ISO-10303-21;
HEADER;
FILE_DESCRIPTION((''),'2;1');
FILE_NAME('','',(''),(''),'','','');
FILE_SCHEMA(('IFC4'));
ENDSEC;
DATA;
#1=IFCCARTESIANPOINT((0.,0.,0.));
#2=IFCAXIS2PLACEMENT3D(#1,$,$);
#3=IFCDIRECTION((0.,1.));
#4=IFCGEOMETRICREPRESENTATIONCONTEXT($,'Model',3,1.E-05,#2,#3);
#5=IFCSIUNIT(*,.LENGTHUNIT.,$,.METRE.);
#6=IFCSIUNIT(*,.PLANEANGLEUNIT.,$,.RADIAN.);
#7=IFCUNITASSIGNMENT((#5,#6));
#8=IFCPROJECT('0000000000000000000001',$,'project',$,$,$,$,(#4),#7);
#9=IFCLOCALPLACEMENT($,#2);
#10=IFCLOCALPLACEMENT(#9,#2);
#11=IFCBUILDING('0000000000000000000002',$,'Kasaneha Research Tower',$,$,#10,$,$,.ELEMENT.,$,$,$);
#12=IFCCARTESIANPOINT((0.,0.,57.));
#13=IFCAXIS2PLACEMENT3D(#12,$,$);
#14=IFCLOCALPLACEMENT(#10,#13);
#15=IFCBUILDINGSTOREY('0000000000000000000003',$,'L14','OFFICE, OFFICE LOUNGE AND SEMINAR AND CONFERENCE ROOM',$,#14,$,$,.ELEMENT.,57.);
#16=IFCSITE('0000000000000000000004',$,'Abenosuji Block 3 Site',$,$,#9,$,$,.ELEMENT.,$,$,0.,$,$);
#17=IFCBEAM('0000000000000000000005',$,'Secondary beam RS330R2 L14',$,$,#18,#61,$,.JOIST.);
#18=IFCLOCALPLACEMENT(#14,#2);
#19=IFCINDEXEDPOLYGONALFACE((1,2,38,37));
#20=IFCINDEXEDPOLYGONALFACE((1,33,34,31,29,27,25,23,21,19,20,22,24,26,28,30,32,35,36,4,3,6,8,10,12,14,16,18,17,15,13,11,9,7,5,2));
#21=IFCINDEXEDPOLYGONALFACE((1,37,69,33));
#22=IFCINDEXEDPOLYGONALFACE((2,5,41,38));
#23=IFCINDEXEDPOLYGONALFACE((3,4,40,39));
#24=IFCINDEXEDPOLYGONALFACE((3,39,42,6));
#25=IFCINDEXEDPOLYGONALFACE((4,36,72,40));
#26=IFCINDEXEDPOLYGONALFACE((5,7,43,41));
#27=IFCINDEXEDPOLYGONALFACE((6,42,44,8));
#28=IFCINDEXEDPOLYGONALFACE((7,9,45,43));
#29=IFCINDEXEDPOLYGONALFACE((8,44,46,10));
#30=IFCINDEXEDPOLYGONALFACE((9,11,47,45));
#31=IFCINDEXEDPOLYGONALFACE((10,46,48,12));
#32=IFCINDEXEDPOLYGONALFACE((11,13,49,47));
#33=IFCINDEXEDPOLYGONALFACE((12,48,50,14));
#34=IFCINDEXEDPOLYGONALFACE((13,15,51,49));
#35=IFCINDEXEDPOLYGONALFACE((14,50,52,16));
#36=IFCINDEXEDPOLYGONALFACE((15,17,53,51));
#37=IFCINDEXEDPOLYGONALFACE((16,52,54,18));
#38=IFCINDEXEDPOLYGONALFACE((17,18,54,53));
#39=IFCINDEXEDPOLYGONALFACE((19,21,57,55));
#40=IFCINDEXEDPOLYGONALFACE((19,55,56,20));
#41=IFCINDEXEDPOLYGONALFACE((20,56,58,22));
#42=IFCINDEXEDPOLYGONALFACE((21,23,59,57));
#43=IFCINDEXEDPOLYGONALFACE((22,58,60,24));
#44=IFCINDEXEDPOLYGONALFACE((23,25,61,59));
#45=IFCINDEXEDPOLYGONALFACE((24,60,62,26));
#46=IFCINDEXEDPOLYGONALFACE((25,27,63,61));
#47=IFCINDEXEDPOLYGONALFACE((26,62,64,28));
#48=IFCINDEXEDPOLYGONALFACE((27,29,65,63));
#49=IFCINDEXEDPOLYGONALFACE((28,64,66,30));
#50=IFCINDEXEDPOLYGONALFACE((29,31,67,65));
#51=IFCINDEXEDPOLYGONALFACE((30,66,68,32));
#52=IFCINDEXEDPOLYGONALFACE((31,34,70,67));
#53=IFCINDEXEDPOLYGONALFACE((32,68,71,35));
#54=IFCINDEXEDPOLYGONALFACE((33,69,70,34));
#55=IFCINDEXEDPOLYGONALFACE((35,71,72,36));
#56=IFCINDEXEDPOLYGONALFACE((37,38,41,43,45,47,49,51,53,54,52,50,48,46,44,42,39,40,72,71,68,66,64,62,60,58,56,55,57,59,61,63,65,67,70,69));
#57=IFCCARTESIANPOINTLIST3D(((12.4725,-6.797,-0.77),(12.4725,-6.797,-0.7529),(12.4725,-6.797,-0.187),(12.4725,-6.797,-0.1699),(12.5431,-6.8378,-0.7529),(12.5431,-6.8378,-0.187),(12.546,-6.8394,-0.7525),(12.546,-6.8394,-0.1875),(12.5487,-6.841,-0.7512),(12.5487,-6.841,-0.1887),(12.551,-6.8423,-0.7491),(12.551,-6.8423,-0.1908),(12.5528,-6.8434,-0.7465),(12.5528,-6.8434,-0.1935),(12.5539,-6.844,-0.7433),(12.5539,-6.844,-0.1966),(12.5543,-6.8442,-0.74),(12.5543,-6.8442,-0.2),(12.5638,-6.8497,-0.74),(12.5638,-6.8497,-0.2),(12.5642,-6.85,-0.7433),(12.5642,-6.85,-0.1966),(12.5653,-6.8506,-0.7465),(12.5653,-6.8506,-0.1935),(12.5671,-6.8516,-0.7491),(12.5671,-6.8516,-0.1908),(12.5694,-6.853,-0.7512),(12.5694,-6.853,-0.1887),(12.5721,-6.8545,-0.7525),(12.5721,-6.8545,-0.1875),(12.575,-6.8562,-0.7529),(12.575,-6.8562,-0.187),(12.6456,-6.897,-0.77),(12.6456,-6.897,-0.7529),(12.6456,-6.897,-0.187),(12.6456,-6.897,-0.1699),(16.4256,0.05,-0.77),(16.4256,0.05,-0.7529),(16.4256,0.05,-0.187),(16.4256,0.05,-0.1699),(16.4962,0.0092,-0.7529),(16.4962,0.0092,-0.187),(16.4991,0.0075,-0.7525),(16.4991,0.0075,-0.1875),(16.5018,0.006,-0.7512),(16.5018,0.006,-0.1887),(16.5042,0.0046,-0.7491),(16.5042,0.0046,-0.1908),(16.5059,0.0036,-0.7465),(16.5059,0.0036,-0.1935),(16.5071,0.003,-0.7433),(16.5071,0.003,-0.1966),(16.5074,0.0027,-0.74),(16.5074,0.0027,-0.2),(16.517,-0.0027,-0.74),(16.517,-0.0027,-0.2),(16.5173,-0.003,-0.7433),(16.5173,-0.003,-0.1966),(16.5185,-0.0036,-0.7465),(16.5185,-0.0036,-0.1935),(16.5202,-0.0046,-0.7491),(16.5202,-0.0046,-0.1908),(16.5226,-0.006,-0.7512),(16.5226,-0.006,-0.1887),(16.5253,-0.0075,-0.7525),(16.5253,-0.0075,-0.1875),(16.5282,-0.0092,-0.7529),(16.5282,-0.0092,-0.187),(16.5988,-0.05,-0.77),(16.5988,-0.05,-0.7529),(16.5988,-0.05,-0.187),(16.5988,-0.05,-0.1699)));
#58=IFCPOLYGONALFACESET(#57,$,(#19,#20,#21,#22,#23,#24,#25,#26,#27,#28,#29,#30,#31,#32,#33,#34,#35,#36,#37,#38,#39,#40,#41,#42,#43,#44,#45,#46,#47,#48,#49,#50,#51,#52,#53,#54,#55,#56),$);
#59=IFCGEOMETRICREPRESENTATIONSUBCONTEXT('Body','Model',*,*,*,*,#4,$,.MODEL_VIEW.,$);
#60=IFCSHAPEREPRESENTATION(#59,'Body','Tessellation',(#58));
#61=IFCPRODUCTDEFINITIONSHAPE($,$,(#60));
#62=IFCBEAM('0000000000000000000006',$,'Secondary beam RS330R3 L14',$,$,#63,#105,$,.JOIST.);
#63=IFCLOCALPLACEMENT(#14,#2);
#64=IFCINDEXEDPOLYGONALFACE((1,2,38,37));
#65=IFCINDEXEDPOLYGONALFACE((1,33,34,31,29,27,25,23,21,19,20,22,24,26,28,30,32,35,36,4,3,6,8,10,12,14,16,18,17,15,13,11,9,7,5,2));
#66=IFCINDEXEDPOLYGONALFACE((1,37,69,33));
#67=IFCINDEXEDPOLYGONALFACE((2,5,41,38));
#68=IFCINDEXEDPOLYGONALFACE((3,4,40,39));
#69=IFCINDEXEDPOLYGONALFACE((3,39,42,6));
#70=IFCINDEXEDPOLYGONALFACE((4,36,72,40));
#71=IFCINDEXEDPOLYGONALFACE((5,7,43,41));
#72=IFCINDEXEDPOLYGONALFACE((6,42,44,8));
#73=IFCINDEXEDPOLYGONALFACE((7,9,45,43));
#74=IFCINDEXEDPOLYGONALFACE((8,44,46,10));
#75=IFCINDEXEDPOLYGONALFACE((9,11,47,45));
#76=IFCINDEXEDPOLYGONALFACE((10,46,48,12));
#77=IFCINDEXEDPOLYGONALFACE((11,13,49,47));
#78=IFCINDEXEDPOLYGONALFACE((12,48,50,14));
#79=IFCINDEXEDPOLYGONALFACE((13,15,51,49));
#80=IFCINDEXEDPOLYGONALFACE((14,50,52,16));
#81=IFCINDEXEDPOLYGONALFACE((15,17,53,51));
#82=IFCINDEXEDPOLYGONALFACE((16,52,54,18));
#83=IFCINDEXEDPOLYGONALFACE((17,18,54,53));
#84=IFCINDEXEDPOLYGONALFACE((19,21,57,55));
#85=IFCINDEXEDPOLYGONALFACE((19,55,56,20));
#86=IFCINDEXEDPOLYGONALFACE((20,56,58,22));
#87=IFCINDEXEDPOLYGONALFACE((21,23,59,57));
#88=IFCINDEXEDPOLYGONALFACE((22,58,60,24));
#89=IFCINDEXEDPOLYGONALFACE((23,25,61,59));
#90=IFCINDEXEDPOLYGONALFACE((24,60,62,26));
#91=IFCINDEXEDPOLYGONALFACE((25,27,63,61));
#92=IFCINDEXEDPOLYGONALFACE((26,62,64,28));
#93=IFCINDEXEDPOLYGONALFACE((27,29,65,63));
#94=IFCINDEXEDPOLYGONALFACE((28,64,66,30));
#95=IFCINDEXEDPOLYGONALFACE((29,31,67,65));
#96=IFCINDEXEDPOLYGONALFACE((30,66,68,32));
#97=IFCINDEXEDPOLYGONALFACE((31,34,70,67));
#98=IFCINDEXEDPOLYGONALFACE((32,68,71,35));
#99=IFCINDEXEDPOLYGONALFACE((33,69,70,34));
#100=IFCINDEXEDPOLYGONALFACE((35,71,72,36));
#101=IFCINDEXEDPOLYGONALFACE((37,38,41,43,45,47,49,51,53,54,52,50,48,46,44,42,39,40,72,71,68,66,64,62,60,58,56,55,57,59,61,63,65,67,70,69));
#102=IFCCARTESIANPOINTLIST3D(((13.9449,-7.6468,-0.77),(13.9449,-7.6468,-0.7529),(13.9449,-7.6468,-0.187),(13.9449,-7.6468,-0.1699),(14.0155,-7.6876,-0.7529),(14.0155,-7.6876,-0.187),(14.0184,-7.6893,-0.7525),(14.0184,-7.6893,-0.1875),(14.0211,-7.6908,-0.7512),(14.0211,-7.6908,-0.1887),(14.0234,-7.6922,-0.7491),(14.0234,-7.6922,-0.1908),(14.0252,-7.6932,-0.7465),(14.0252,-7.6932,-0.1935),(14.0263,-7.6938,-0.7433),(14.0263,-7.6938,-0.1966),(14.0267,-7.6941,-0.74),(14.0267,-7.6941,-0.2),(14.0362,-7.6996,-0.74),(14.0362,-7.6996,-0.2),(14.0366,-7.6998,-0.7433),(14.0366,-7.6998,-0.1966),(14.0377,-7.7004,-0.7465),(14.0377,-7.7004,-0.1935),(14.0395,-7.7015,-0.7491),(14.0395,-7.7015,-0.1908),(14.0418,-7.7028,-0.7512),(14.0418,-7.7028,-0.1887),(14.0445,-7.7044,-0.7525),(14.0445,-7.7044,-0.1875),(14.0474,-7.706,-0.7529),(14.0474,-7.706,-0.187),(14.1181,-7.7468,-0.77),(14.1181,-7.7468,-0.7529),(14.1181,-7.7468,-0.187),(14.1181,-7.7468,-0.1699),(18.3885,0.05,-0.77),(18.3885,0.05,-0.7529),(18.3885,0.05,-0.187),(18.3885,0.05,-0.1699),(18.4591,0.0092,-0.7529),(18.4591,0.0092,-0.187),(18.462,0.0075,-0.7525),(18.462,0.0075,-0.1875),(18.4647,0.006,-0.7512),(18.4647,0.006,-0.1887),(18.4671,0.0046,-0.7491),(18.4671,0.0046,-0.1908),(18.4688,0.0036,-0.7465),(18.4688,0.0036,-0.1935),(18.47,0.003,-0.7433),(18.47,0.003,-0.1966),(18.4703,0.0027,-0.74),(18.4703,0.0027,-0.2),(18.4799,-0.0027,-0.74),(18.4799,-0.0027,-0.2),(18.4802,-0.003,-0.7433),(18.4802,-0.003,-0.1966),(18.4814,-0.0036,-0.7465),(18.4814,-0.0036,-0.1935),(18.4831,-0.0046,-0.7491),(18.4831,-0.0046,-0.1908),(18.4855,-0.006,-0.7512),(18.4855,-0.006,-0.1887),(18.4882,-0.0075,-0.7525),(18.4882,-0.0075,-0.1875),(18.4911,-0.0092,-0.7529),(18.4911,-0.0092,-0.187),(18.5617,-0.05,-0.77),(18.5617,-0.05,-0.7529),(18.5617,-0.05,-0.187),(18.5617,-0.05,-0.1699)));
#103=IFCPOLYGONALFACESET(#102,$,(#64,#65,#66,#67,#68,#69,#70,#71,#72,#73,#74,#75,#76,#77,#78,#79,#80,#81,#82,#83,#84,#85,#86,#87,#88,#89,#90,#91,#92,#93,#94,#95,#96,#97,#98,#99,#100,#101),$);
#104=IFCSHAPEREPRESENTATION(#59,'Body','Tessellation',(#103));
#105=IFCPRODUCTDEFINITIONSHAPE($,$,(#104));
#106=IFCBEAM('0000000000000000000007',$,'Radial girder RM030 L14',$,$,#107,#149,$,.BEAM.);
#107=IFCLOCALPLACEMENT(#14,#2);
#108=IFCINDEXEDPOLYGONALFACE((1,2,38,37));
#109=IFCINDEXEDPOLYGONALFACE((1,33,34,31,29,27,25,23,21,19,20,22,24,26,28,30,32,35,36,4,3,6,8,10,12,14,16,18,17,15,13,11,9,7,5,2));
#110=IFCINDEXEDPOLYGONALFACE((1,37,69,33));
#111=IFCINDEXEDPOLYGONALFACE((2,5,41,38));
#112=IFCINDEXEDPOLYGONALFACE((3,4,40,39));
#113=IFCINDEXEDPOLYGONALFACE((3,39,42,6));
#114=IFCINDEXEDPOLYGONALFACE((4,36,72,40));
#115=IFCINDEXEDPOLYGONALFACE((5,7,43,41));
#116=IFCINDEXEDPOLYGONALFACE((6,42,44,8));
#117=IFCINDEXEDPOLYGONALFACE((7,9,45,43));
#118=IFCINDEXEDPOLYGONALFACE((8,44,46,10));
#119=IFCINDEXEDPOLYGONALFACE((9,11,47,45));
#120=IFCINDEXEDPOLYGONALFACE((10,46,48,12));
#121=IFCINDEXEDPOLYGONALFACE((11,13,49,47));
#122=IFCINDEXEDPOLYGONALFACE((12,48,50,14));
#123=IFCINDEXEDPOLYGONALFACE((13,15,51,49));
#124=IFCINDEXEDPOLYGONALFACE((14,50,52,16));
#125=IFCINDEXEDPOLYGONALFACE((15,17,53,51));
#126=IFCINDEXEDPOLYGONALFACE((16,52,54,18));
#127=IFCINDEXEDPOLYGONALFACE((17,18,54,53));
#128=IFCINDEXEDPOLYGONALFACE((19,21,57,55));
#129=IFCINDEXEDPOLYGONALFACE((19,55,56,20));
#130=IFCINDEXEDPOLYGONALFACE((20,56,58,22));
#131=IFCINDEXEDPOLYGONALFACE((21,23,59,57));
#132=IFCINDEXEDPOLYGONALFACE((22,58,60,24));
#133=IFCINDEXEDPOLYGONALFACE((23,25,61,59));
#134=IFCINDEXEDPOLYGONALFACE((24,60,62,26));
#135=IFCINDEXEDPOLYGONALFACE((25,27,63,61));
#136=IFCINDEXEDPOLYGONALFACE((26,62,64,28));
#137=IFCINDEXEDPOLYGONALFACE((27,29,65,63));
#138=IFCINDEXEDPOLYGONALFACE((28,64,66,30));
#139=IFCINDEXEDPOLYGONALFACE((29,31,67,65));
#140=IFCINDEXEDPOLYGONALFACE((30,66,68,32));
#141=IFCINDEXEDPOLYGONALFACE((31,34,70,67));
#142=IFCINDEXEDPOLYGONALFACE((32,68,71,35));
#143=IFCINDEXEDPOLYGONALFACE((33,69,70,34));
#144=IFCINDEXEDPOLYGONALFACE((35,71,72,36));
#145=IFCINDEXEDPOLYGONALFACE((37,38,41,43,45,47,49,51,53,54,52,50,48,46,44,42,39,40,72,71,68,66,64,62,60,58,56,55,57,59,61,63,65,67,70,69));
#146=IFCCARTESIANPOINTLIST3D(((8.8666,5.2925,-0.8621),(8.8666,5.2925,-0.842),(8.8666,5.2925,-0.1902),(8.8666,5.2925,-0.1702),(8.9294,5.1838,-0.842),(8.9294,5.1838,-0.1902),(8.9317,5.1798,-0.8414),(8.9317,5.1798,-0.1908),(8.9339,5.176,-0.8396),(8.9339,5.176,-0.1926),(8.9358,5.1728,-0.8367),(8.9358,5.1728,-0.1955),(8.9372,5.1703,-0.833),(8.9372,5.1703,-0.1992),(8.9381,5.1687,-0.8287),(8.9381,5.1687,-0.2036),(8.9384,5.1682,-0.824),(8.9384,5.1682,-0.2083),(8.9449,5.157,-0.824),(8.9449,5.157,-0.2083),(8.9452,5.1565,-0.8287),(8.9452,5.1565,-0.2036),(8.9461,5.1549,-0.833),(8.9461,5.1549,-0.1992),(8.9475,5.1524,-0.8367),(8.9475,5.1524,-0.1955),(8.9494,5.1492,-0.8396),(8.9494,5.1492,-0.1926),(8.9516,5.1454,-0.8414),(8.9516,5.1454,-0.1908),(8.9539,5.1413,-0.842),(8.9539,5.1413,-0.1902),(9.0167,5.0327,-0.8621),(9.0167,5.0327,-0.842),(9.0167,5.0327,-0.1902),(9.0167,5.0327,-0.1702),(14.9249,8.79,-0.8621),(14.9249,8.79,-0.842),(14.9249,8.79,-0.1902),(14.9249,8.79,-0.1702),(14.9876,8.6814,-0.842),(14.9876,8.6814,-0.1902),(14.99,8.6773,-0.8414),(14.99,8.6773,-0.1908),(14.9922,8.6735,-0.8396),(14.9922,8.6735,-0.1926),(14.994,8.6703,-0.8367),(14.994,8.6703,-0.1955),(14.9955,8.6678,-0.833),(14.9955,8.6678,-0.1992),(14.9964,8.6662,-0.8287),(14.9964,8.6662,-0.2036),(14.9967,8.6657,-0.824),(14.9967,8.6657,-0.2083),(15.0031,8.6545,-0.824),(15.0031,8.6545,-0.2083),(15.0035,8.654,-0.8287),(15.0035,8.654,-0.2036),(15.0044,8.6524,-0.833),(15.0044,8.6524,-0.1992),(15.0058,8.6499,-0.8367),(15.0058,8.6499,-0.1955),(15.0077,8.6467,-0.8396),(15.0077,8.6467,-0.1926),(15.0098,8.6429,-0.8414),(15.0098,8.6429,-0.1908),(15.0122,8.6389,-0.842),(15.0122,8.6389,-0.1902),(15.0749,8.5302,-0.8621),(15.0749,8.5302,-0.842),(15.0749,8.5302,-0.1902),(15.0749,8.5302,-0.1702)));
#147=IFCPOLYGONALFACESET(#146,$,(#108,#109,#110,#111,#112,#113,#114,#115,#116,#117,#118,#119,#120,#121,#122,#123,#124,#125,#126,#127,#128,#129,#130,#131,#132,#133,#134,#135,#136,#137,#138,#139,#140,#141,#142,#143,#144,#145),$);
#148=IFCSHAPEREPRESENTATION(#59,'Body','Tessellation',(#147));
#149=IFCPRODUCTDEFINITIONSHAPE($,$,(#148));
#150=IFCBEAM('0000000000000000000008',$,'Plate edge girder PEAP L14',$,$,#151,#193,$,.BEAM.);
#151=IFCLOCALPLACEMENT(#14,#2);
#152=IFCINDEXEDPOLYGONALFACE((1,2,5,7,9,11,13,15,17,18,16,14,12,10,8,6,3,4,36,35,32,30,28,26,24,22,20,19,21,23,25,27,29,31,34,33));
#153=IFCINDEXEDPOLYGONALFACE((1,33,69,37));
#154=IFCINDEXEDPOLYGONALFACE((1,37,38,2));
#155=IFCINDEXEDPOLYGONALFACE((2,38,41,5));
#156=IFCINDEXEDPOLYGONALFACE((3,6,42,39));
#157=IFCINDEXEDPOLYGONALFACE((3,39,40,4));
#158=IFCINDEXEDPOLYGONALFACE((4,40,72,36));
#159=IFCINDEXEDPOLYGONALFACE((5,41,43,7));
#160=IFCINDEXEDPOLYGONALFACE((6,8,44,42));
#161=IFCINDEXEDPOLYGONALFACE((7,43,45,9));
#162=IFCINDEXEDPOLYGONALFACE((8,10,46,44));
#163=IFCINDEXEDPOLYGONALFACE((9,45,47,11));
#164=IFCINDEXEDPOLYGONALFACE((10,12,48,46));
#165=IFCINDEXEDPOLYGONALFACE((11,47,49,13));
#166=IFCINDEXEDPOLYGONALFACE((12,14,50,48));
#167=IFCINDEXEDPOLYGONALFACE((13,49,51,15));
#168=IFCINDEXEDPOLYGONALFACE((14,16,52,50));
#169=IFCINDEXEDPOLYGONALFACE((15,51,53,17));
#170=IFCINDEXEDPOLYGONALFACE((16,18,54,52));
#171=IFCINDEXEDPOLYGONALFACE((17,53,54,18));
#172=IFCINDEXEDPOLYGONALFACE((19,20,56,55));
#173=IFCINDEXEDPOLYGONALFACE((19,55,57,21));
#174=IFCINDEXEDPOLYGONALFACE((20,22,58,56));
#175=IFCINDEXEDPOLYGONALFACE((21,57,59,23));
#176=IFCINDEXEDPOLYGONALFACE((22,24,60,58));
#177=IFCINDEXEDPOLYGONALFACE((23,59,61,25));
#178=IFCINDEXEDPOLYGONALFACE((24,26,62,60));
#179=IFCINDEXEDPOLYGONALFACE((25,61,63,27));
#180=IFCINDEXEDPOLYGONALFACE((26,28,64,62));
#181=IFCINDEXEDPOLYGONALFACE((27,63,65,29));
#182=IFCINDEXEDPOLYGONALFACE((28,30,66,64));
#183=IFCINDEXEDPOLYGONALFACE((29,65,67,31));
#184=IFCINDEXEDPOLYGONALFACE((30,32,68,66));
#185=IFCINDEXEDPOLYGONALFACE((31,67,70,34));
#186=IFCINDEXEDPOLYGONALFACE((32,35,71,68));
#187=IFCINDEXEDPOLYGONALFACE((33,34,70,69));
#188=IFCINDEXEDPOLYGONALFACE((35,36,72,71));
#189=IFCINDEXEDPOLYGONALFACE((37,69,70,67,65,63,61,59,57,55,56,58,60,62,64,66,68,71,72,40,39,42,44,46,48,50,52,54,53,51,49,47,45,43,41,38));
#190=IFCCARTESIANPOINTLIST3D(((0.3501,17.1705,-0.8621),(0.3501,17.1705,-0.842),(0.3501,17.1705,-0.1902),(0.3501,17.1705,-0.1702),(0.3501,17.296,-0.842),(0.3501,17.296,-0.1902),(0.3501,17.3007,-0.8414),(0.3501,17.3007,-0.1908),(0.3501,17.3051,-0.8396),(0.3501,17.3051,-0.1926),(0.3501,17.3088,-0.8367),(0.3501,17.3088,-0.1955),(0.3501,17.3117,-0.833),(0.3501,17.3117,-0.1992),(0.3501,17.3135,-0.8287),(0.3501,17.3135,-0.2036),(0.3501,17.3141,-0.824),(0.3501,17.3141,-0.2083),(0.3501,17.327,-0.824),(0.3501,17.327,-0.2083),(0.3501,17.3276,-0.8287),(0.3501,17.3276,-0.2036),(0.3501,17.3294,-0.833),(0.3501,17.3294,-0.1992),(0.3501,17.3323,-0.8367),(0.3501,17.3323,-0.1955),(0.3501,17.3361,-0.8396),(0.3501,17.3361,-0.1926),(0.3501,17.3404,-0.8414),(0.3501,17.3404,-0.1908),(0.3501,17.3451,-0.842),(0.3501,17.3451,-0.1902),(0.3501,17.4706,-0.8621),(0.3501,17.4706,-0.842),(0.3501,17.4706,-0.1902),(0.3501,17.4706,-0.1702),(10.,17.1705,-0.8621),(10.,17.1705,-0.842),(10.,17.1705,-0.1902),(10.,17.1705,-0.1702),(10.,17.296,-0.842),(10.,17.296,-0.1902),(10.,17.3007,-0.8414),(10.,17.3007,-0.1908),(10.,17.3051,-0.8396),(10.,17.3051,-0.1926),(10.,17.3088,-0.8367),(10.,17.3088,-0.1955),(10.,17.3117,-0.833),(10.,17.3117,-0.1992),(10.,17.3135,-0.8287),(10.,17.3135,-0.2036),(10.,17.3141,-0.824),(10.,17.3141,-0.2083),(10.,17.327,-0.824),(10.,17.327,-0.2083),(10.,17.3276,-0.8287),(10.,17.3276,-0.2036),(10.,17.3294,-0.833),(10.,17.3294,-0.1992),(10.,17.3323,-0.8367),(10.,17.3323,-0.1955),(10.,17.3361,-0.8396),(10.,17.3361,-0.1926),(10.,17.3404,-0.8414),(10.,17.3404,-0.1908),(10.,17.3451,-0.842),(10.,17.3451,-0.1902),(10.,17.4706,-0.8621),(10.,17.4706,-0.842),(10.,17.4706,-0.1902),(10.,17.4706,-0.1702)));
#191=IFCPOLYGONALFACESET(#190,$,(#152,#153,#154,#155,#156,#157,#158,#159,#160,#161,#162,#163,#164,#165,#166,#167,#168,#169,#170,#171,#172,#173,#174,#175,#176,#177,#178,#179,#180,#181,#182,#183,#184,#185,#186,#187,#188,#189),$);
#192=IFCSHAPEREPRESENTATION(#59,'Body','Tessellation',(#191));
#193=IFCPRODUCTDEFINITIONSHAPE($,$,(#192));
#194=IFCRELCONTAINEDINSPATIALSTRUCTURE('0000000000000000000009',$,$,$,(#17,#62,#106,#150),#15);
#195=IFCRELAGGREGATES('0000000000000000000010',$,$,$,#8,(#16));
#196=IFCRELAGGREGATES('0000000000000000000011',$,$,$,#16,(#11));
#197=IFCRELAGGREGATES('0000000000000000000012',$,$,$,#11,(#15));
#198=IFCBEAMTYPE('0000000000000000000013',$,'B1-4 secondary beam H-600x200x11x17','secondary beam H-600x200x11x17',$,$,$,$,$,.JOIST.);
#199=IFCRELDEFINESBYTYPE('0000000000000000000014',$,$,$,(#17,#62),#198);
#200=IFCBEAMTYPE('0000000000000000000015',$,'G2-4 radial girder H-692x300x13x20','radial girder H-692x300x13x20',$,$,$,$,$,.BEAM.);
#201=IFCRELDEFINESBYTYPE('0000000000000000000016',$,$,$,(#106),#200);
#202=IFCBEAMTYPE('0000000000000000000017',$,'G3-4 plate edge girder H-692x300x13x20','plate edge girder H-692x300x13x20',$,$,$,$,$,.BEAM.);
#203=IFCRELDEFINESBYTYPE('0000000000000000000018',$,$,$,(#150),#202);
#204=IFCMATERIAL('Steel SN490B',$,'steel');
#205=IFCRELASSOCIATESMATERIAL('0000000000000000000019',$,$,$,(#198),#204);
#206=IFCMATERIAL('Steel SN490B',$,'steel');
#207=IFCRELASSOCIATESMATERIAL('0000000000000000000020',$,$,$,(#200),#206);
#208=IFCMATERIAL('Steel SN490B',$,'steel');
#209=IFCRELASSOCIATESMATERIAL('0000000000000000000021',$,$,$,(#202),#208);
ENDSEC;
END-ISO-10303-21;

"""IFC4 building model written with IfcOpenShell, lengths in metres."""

from ifc_helpers import new_model, si_unit, direction, frame, origin, origin_2d, place, context, subcontext, project, spatial, i_section, extrude, material, material_profile, profile_set, type_object, element, save


model = new_model("IFC4")

# Units and contexts
model_context = context("Model", 3, precision=1e-05, world=origin(), true_north=direction((0.0, 1.0)))
body_context = subcontext(model_context, "Body", "Model", "MODEL_VIEW")
ifc_project = project(units=[si_unit("LENGTHUNIT", "METRE"), si_unit("PLANEANGLEUNIT", "RADIAN")], contexts=[model_context])

# Site, building, storey
site_placement = place(None, origin())
site = spatial("IfcSite", under=ifc_project, at=site_placement, Name="Abenosuji Block 3 Site", CompositionType="ELEMENT", RefElevation=0.0)
building_placement = place(site_placement, origin())
building = spatial("IfcBuilding", under=site, at=building_placement, Name="Kasaneha Research Tower", CompositionType="ELEMENT")
storey_placement = place(building_placement, frame((0.0, 0.0, 57.0)))
storey = spatial("IfcBuildingStorey", under=building, at=storey_placement, Name="L14", Description="OFFICE, OFFICE LOUNGE AND SEMINAR AND CONFERENCE ROOM", CompositionType="ELEMENT", Elevation=57.0)

# Beams
ifc_material_1 = material(Name="Steel SN490B", Category="steel")
ifc_material_profile_1 = material_profile(ifc_material_1, i_section(OverallWidth=0.2, OverallDepth=0.6001, WebThickness=0.011, FlangeThickness=0.0171, FilletRadius=0.0129, at=origin_2d()), Name="H-600x200x11x17")
ifc_profile_set_1 = profile_set([ifc_material_profile_1], Name="Steel SN490B")
beam_type_1 = type_object("IfcBeamType", Name="B1-4 secondary beam H-600x200x11x17", Description="secondary beam H-600x200x11x17", PredefinedType="JOIST", material=ifc_profile_set_1)
beam_1_placement = place(storey_placement, frame((16.5122, 0.0, -0.47), z_axis=(-0.500005, -0.866023, 0.0), x_axis=(0.866023, -0.500005, 0.0)))
element("IfcBeam", 1, at=beam_1_placement, inside=storey, type_object=beam_type_1, Name="Secondary beam RS330R2 L14", PredefinedType="JOIST", context=body_context, shape_type="SweptSolid", body=[
    extrude(i_section(OverallWidth=0.2, OverallDepth=0.6001, WebThickness=0.011, FlangeThickness=0.0171, FilletRadius=0.0129, at=origin_2d()), origin(), (0.0, 0.0, 1.0), 7.9062),
])
beam_2_placement = place(storey_placement, frame((18.4751, 0.0, -0.47), z_axis=(-0.499989, -0.866032, 0.0), x_axis=(0.866032, -0.499989, 0.0)))
element("IfcBeam", 2, at=beam_2_placement, inside=storey, type_object=beam_type_1, Name="Secondary beam RS330R3 L14", PredefinedType="JOIST", context=body_context, shape_type="SweptSolid", body=[
    extrude(i_section(OverallWidth=0.2, OverallDepth=0.6001, WebThickness=0.011, FlangeThickness=0.0171, FilletRadius=0.0129, at=origin_2d()), origin(), (0.0, 0.0, 1.0), 8.8875),
])
ifc_material_2 = material(Name="Steel SN490B", Category="steel")
ifc_material_profile_2 = material_profile(ifc_material_2, i_section(OverallWidth=0.3, OverallDepth=0.6919, WebThickness=0.0129, FlangeThickness=0.02, FilletRadius=0.0181, at=origin_2d()), Name="H-692x300x13x20")
ifc_profile_set_2 = profile_set([ifc_material_profile_2], Name="Steel SN490B")
beam_type_2 = type_object("IfcBeamType", Name="G2-4 radial girder H-692x300x13x20", Description="radial girder H-692x300x13x20", PredefinedType="BEAM", material=ifc_profile_set_2)
beam_3_placement = place(storey_placement, frame((8.9417, 5.1626, -0.5161), z_axis=(0.86604, 0.499975, 0.0), x_axis=(-0.499975, 0.86604, 0.0)))
element("IfcBeam", 3, at=beam_3_placement, inside=storey, type_object=beam_type_2, Name="Radial girder RM030 L14", PredefinedType="BEAM", context=body_context, shape_type="SweptSolid", body=[
    extrude(i_section(OverallWidth=0.3, OverallDepth=0.6919, WebThickness=0.0129, FlangeThickness=0.02, FilletRadius=0.0181, at=origin_2d()), origin(), (0.0, 0.0, 1.0), 6.9954),
])
ifc_material_3 = material(Name="Steel SN490B", Category="steel")
ifc_material_profile_3 = material_profile(ifc_material_3, i_section(OverallWidth=0.3, OverallDepth=0.6919, WebThickness=0.0129, FlangeThickness=0.02, FilletRadius=0.0181, at=origin_2d()), Name="H-692x300x13x20")
ifc_profile_set_3 = profile_set([ifc_material_profile_3], Name="Steel SN490B")
beam_type_3 = type_object("IfcBeamType", Name="G3-4 plate edge girder H-692x300x13x20", Description="plate edge girder H-692x300x13x20", PredefinedType="BEAM", material=ifc_profile_set_3)
for number, where, z_axis, x_axis, name in (
    (4, (10.0, 17.3206, -0.5161), (-1.0, 0.0, 0.0), (0.0, -1.0, 0.0), "Plate edge girder PEAP L14"),
):
    element("IfcBeam", number, at=place(storey_placement, frame(where, z_axis=z_axis, x_axis=x_axis)), inside=storey, type_object=beam_type_3, Name=name, PredefinedType="BEAM", context=body_context, shape_type="SweptSolid", body=[
        extrude(i_section(OverallWidth=0.3, OverallDepth=0.6919, WebThickness=0.0129, FlangeThickness=0.02, FilletRadius=0.0181, at=origin_2d()), origin(), (0.0, 0.0, 1.0), 9.6499),
    ])

save(model, "model.ifc")
